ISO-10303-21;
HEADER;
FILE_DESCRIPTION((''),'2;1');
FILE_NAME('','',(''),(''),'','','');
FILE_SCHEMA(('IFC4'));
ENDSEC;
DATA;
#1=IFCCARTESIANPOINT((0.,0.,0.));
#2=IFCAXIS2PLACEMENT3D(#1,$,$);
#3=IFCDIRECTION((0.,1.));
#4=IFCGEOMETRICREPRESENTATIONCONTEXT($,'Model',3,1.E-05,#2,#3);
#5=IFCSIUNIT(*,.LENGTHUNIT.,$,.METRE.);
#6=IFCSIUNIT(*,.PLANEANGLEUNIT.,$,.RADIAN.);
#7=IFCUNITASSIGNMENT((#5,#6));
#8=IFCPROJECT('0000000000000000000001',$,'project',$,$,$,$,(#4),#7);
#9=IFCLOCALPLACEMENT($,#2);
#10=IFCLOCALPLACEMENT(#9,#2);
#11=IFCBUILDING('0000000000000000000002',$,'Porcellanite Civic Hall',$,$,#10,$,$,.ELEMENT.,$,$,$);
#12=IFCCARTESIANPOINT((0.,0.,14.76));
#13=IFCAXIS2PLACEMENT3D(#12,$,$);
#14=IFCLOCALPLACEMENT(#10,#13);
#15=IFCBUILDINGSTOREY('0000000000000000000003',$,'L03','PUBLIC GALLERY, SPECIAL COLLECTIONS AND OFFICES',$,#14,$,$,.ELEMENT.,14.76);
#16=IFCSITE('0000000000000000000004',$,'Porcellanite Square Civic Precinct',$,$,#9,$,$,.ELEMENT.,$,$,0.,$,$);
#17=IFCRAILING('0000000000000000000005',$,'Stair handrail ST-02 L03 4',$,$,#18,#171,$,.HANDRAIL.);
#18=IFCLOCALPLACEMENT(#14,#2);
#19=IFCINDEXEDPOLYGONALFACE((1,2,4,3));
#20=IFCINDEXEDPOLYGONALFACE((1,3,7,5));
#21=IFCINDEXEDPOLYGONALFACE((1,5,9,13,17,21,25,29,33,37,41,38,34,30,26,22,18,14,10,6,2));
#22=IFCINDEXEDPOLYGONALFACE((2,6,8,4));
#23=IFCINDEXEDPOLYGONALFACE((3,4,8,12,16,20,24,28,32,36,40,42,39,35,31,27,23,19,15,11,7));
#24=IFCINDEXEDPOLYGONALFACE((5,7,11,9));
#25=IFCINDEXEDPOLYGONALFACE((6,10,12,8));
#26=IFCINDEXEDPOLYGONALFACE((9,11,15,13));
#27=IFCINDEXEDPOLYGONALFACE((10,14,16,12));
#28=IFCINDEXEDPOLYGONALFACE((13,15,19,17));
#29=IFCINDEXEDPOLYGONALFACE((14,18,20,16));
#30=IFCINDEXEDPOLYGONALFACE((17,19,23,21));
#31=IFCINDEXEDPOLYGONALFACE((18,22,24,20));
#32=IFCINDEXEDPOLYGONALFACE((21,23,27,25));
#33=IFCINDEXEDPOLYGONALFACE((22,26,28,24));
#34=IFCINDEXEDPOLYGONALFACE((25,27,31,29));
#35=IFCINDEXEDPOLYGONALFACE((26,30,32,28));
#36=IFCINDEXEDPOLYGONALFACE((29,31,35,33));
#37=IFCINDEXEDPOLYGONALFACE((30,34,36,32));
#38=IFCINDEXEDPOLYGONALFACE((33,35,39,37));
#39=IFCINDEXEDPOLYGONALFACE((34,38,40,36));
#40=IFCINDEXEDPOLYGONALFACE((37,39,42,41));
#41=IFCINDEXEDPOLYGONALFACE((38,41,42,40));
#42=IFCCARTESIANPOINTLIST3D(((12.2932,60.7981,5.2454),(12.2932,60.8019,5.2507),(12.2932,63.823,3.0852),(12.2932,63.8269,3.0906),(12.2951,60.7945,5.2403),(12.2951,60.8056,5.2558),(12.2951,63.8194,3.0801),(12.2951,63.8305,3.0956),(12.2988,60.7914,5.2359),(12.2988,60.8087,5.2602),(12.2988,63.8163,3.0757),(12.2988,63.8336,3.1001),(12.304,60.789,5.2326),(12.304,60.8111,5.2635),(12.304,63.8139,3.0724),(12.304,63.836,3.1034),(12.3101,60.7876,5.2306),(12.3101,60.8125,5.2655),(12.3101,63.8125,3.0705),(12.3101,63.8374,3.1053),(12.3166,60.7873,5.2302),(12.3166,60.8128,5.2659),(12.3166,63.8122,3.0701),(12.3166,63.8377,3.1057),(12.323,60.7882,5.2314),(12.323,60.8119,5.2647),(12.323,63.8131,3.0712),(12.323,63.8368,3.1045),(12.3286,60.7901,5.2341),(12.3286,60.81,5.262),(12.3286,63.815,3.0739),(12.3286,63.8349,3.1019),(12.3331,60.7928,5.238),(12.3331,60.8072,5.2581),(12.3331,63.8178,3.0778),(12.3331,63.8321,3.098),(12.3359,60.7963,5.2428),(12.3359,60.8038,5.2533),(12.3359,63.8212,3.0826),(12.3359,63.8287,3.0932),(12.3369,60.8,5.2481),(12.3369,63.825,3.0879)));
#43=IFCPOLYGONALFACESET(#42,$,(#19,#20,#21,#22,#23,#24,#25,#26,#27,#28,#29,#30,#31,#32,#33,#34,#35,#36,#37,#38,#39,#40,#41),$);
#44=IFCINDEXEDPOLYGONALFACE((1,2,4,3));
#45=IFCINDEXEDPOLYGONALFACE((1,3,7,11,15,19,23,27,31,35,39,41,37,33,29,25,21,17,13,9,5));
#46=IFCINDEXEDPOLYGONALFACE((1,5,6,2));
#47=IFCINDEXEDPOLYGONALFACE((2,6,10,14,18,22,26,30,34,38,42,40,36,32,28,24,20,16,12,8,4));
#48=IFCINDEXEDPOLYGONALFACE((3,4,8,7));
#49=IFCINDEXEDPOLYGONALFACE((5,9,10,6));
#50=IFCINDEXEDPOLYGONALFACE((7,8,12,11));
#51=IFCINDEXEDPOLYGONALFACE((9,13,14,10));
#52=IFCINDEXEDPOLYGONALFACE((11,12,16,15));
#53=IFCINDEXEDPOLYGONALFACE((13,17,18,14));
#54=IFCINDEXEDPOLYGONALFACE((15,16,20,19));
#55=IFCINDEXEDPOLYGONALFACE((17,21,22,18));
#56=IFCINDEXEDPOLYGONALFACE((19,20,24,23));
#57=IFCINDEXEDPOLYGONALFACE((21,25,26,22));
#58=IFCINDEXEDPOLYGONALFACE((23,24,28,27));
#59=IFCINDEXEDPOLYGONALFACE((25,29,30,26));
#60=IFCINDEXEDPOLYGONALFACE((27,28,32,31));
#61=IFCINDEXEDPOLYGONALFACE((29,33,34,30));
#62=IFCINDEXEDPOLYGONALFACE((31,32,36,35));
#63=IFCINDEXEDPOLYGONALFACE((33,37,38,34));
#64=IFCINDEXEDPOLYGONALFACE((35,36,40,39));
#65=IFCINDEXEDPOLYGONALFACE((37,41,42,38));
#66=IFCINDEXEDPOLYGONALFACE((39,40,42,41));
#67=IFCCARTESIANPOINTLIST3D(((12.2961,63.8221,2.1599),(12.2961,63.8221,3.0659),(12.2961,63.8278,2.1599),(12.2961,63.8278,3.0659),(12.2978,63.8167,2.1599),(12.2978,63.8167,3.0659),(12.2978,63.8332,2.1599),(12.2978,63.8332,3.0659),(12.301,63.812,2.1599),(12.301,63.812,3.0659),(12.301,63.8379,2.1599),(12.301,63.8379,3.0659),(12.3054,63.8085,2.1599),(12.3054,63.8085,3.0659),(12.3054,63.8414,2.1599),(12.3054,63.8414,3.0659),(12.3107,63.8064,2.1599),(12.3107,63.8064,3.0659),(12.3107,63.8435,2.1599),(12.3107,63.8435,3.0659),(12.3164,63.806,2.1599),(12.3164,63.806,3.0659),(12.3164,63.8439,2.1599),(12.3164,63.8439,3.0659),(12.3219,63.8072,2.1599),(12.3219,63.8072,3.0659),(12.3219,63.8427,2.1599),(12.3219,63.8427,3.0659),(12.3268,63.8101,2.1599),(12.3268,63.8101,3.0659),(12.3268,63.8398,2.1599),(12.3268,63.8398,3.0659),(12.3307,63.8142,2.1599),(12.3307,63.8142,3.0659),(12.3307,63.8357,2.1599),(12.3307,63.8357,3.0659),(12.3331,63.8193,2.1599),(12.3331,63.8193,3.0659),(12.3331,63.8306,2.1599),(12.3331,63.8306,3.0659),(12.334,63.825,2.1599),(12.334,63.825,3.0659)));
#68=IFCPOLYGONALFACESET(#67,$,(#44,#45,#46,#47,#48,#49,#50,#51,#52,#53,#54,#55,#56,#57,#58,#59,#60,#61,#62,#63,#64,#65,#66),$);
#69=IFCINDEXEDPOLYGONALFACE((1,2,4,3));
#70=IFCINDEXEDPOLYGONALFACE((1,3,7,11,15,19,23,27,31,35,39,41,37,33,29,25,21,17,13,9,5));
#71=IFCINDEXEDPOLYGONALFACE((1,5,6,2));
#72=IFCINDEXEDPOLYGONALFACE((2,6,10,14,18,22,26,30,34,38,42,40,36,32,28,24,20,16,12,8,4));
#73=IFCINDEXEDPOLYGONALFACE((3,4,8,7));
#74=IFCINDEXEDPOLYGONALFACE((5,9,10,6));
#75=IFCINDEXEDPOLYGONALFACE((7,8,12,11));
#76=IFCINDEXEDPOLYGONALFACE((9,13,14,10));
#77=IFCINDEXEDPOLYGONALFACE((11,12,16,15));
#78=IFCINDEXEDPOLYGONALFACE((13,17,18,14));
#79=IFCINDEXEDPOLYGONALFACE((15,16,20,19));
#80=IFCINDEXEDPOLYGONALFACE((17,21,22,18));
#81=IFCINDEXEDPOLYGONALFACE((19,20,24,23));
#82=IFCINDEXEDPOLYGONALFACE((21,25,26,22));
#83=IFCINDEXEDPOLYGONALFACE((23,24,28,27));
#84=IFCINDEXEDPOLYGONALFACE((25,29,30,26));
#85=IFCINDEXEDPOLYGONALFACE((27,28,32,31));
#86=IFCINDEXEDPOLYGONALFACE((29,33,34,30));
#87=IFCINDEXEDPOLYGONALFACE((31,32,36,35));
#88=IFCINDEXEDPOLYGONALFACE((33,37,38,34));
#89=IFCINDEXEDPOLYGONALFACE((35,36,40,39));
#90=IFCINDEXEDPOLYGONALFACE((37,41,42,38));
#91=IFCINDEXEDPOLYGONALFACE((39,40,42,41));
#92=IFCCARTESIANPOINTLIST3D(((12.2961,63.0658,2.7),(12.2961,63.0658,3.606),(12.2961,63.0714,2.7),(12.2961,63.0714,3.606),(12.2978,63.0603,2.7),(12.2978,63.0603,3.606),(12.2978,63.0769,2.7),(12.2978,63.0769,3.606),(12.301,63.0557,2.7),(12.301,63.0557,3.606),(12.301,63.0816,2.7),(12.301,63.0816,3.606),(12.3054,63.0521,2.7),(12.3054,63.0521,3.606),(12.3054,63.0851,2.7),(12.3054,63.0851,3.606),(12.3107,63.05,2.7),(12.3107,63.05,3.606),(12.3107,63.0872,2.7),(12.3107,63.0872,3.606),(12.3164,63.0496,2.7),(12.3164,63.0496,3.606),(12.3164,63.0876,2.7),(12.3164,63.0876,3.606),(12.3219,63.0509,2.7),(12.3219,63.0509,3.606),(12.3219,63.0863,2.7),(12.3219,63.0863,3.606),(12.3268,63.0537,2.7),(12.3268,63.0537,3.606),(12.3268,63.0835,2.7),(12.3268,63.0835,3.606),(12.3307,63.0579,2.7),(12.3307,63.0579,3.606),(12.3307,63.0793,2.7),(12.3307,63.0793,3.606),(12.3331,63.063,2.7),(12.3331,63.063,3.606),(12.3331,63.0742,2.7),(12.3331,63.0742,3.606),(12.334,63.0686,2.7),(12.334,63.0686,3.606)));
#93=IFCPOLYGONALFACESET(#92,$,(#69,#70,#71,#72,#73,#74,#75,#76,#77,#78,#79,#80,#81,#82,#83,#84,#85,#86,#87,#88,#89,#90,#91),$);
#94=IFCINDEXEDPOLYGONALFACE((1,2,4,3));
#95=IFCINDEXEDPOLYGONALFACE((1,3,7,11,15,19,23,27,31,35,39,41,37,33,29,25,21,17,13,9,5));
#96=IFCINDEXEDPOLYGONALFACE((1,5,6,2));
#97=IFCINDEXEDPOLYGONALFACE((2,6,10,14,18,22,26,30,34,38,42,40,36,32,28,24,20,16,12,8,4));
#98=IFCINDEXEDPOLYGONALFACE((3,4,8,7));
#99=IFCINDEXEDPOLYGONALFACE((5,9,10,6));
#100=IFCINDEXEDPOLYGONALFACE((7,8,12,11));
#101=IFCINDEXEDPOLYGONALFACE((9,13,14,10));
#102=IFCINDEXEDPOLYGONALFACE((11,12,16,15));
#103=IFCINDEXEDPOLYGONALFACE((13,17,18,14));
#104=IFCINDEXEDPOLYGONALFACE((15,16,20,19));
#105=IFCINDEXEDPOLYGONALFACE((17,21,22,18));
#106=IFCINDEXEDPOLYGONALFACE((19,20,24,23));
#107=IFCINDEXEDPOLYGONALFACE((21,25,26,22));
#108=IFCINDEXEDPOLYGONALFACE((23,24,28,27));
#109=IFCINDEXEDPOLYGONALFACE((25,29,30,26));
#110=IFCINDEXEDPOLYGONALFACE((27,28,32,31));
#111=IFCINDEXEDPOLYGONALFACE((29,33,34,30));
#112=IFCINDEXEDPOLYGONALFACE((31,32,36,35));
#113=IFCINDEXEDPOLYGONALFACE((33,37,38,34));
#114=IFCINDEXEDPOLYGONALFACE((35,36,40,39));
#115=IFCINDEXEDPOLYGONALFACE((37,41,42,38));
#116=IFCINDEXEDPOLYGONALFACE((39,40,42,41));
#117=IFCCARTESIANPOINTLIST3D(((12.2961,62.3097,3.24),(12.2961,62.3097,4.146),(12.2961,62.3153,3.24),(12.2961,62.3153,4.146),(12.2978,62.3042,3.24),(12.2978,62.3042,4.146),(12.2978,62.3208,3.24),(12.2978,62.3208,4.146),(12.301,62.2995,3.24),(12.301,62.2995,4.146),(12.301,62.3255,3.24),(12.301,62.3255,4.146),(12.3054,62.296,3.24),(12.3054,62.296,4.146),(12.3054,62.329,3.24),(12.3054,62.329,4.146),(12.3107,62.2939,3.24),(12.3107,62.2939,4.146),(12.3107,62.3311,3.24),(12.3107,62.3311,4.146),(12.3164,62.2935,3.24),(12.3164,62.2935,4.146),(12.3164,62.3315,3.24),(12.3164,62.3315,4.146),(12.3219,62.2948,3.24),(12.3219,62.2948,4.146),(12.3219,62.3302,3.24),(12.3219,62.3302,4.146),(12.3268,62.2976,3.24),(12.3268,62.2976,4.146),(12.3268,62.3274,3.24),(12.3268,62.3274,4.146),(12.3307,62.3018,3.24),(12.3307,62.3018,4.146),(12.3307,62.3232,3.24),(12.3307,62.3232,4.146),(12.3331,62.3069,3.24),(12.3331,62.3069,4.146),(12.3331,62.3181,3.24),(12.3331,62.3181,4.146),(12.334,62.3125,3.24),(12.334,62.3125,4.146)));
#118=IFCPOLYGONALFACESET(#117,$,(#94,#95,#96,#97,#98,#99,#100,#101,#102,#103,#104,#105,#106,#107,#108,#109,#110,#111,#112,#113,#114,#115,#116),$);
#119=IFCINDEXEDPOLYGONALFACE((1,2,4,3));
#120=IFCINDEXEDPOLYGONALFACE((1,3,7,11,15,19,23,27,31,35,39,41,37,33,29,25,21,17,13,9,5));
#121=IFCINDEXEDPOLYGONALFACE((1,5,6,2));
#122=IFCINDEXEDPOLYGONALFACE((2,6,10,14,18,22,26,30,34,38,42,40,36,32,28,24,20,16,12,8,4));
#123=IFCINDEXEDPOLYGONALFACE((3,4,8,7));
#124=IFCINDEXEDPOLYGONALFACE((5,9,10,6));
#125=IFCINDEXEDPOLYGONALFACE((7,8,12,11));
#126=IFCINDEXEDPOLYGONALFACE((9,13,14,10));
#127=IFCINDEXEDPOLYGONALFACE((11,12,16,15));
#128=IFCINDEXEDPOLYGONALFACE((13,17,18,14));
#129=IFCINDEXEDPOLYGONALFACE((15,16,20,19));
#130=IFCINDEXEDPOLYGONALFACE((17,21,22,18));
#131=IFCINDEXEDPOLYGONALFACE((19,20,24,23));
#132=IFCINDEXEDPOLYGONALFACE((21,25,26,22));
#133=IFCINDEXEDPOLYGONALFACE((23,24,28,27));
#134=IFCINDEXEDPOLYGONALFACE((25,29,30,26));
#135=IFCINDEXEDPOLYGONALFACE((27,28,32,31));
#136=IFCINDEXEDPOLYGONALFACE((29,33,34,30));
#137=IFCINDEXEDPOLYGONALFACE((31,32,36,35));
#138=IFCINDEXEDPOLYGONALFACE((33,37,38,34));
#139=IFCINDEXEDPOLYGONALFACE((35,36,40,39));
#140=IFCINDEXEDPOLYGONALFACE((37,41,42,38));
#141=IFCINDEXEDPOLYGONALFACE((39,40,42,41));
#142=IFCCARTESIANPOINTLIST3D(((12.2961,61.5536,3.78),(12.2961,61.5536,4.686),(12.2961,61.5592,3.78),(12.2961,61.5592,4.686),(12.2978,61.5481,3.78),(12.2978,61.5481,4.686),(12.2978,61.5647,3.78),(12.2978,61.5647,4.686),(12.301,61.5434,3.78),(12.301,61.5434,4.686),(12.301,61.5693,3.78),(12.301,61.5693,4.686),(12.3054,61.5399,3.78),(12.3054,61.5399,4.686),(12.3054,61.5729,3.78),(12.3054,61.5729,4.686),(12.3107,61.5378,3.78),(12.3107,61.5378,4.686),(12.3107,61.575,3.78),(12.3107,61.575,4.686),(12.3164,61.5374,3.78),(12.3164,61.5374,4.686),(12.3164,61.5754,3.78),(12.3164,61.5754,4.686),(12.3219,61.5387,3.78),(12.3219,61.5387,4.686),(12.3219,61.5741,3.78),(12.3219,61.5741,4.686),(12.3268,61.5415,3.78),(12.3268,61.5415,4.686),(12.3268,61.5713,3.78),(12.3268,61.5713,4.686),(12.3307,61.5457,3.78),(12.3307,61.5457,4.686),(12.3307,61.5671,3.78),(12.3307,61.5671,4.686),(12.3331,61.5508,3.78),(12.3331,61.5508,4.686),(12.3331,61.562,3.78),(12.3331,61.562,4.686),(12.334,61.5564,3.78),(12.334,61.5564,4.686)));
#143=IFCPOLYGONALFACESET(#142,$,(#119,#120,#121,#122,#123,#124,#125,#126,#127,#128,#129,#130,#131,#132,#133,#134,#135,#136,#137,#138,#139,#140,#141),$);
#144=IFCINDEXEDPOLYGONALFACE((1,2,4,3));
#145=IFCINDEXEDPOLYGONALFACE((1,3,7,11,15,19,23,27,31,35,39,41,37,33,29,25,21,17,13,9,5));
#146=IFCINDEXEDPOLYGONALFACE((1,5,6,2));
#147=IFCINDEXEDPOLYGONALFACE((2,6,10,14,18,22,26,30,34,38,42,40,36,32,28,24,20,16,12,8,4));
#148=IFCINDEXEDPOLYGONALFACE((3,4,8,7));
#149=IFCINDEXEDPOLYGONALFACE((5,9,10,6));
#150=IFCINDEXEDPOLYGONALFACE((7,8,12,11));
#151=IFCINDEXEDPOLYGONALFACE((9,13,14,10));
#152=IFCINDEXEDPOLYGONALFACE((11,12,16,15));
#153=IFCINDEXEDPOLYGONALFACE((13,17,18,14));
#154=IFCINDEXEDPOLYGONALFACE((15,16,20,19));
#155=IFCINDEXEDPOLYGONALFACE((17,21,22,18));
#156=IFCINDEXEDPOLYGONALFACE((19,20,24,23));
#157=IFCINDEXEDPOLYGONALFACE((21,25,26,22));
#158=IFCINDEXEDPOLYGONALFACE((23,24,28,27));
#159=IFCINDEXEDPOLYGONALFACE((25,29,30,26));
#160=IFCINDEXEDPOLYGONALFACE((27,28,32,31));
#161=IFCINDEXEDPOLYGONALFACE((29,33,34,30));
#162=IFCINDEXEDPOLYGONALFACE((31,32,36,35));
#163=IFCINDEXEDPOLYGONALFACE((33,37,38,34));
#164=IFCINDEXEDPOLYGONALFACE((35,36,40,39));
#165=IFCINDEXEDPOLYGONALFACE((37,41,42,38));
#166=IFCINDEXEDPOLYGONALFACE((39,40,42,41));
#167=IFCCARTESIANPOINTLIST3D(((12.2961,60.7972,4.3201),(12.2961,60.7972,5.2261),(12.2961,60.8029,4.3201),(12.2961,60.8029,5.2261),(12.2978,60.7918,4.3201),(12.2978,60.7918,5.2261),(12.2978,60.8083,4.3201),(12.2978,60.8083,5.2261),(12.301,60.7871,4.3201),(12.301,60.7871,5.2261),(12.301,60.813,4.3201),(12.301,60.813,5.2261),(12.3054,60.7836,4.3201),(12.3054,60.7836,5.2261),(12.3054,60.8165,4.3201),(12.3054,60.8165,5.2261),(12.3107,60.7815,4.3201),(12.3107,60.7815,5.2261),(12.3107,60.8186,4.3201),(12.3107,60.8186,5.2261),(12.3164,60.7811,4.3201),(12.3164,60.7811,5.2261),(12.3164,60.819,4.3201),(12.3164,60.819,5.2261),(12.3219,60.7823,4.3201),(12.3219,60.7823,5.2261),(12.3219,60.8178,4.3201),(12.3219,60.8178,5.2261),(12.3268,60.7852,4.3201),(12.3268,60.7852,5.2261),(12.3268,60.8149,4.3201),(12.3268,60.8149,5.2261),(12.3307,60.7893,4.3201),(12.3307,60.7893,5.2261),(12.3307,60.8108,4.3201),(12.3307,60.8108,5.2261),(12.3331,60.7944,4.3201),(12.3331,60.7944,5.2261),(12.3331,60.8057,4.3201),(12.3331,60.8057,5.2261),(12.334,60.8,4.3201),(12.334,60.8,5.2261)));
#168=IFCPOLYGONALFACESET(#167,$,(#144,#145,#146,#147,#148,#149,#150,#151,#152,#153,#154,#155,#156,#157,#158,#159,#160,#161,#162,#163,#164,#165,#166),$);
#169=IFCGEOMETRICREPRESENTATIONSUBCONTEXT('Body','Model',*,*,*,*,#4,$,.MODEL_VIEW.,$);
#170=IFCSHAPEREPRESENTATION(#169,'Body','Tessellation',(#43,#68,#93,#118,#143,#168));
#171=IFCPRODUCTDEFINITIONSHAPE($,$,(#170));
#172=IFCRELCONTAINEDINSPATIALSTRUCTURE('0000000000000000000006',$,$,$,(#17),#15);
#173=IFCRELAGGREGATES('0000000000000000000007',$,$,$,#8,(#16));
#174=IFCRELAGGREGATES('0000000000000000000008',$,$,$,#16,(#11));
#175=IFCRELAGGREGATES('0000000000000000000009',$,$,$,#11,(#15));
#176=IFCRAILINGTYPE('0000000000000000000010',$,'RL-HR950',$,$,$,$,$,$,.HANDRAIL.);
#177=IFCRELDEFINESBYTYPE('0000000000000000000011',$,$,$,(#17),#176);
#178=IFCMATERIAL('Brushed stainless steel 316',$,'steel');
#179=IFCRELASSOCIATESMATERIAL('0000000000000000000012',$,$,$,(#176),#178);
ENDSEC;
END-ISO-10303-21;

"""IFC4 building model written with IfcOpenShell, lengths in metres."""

from ifc_helpers import new_model, si_unit, direction, frame, origin, origin_2d, place, context, subcontext, project, spatial, circle, extrude, material, type_object, element, save


model = new_model("IFC4")

# Units and contexts
model_context = context("Model", 3, precision=1e-05, world=origin(), true_north=direction((0.0, 1.0)))
body_context = subcontext(model_context, "Body", "Model", "MODEL_VIEW")
ifc_project = project(units=[si_unit("LENGTHUNIT", "METRE"), si_unit("PLANEANGLEUNIT", "RADIAN")], contexts=[model_context])

# Site, building, storey
site_placement = place(None, origin())
site = spatial("IfcSite", under=ifc_project, at=site_placement, Name="Porcellanite Square Civic Precinct", CompositionType="ELEMENT", RefElevation=0.0)
building_placement = place(site_placement, origin())
building = spatial("IfcBuilding", under=site, at=building_placement, Name="Porcellanite Civic Hall", CompositionType="ELEMENT")
storey_placement = place(building_placement, frame((0.0, 0.0, 14.76)))
storey = spatial("IfcBuildingStorey", under=building, at=storey_placement, Name="L03", Description="PUBLIC GALLERY, SPECIAL COLLECTIONS AND OFFICES", CompositionType="ELEMENT", Elevation=14.76)

# Railing
ifc_material_1 = material(Name="Brushed stainless steel 316", Category="steel")
railing_type_1 = type_object("IfcRailingType", Name="RL-HR950", PredefinedType="HANDRAIL", material=ifc_material_1)
railing_1_placement = place(storey_placement, frame((12.3149, 63.825, 2.1599)))
element("IfcRailing", 1, at=railing_1_placement, inside=storey, type_object=railing_type_1, Name="Stair handrail ST-02 L03 4", PredefinedType="HANDRAIL", context=body_context, shape_type="SweptSolid", body=[
    extrude(circle(Radius=0.022, at=origin_2d()), frame((0.0, 0.0, 0.928), z_axis=(0.0, -0.813796, 0.581151), x_axis=(1.0, 0.0, 0.0)), (0.0, 0.0, 1.0), 3.717),
    extrude(circle(Radius=0.019, at=origin_2d()), origin(), (0.0, 0.0, 1.0), 0.906),
    extrude(circle(Radius=0.019, at=origin_2d()), frame((0.0, -0.7563, 0.54)), (0.0, 0.0, 1.0), 0.906),
    extrude(circle(Radius=0.019, at=origin_2d()), frame((0.0, -1.5125, 1.0801)), (0.0, 0.0, 1.0), 0.906),
    extrude(circle(Radius=0.019, at=origin_2d()), frame((0.0, -2.2686, 1.6201)), (0.0, 0.0, 1.0), 0.906),
    extrude(circle(Radius=0.019, at=origin_2d()), frame((0.0, -3.0249, 2.1602)), (0.0, 0.0, 1.0), 0.906),
])

save(model, "model.ifc")
